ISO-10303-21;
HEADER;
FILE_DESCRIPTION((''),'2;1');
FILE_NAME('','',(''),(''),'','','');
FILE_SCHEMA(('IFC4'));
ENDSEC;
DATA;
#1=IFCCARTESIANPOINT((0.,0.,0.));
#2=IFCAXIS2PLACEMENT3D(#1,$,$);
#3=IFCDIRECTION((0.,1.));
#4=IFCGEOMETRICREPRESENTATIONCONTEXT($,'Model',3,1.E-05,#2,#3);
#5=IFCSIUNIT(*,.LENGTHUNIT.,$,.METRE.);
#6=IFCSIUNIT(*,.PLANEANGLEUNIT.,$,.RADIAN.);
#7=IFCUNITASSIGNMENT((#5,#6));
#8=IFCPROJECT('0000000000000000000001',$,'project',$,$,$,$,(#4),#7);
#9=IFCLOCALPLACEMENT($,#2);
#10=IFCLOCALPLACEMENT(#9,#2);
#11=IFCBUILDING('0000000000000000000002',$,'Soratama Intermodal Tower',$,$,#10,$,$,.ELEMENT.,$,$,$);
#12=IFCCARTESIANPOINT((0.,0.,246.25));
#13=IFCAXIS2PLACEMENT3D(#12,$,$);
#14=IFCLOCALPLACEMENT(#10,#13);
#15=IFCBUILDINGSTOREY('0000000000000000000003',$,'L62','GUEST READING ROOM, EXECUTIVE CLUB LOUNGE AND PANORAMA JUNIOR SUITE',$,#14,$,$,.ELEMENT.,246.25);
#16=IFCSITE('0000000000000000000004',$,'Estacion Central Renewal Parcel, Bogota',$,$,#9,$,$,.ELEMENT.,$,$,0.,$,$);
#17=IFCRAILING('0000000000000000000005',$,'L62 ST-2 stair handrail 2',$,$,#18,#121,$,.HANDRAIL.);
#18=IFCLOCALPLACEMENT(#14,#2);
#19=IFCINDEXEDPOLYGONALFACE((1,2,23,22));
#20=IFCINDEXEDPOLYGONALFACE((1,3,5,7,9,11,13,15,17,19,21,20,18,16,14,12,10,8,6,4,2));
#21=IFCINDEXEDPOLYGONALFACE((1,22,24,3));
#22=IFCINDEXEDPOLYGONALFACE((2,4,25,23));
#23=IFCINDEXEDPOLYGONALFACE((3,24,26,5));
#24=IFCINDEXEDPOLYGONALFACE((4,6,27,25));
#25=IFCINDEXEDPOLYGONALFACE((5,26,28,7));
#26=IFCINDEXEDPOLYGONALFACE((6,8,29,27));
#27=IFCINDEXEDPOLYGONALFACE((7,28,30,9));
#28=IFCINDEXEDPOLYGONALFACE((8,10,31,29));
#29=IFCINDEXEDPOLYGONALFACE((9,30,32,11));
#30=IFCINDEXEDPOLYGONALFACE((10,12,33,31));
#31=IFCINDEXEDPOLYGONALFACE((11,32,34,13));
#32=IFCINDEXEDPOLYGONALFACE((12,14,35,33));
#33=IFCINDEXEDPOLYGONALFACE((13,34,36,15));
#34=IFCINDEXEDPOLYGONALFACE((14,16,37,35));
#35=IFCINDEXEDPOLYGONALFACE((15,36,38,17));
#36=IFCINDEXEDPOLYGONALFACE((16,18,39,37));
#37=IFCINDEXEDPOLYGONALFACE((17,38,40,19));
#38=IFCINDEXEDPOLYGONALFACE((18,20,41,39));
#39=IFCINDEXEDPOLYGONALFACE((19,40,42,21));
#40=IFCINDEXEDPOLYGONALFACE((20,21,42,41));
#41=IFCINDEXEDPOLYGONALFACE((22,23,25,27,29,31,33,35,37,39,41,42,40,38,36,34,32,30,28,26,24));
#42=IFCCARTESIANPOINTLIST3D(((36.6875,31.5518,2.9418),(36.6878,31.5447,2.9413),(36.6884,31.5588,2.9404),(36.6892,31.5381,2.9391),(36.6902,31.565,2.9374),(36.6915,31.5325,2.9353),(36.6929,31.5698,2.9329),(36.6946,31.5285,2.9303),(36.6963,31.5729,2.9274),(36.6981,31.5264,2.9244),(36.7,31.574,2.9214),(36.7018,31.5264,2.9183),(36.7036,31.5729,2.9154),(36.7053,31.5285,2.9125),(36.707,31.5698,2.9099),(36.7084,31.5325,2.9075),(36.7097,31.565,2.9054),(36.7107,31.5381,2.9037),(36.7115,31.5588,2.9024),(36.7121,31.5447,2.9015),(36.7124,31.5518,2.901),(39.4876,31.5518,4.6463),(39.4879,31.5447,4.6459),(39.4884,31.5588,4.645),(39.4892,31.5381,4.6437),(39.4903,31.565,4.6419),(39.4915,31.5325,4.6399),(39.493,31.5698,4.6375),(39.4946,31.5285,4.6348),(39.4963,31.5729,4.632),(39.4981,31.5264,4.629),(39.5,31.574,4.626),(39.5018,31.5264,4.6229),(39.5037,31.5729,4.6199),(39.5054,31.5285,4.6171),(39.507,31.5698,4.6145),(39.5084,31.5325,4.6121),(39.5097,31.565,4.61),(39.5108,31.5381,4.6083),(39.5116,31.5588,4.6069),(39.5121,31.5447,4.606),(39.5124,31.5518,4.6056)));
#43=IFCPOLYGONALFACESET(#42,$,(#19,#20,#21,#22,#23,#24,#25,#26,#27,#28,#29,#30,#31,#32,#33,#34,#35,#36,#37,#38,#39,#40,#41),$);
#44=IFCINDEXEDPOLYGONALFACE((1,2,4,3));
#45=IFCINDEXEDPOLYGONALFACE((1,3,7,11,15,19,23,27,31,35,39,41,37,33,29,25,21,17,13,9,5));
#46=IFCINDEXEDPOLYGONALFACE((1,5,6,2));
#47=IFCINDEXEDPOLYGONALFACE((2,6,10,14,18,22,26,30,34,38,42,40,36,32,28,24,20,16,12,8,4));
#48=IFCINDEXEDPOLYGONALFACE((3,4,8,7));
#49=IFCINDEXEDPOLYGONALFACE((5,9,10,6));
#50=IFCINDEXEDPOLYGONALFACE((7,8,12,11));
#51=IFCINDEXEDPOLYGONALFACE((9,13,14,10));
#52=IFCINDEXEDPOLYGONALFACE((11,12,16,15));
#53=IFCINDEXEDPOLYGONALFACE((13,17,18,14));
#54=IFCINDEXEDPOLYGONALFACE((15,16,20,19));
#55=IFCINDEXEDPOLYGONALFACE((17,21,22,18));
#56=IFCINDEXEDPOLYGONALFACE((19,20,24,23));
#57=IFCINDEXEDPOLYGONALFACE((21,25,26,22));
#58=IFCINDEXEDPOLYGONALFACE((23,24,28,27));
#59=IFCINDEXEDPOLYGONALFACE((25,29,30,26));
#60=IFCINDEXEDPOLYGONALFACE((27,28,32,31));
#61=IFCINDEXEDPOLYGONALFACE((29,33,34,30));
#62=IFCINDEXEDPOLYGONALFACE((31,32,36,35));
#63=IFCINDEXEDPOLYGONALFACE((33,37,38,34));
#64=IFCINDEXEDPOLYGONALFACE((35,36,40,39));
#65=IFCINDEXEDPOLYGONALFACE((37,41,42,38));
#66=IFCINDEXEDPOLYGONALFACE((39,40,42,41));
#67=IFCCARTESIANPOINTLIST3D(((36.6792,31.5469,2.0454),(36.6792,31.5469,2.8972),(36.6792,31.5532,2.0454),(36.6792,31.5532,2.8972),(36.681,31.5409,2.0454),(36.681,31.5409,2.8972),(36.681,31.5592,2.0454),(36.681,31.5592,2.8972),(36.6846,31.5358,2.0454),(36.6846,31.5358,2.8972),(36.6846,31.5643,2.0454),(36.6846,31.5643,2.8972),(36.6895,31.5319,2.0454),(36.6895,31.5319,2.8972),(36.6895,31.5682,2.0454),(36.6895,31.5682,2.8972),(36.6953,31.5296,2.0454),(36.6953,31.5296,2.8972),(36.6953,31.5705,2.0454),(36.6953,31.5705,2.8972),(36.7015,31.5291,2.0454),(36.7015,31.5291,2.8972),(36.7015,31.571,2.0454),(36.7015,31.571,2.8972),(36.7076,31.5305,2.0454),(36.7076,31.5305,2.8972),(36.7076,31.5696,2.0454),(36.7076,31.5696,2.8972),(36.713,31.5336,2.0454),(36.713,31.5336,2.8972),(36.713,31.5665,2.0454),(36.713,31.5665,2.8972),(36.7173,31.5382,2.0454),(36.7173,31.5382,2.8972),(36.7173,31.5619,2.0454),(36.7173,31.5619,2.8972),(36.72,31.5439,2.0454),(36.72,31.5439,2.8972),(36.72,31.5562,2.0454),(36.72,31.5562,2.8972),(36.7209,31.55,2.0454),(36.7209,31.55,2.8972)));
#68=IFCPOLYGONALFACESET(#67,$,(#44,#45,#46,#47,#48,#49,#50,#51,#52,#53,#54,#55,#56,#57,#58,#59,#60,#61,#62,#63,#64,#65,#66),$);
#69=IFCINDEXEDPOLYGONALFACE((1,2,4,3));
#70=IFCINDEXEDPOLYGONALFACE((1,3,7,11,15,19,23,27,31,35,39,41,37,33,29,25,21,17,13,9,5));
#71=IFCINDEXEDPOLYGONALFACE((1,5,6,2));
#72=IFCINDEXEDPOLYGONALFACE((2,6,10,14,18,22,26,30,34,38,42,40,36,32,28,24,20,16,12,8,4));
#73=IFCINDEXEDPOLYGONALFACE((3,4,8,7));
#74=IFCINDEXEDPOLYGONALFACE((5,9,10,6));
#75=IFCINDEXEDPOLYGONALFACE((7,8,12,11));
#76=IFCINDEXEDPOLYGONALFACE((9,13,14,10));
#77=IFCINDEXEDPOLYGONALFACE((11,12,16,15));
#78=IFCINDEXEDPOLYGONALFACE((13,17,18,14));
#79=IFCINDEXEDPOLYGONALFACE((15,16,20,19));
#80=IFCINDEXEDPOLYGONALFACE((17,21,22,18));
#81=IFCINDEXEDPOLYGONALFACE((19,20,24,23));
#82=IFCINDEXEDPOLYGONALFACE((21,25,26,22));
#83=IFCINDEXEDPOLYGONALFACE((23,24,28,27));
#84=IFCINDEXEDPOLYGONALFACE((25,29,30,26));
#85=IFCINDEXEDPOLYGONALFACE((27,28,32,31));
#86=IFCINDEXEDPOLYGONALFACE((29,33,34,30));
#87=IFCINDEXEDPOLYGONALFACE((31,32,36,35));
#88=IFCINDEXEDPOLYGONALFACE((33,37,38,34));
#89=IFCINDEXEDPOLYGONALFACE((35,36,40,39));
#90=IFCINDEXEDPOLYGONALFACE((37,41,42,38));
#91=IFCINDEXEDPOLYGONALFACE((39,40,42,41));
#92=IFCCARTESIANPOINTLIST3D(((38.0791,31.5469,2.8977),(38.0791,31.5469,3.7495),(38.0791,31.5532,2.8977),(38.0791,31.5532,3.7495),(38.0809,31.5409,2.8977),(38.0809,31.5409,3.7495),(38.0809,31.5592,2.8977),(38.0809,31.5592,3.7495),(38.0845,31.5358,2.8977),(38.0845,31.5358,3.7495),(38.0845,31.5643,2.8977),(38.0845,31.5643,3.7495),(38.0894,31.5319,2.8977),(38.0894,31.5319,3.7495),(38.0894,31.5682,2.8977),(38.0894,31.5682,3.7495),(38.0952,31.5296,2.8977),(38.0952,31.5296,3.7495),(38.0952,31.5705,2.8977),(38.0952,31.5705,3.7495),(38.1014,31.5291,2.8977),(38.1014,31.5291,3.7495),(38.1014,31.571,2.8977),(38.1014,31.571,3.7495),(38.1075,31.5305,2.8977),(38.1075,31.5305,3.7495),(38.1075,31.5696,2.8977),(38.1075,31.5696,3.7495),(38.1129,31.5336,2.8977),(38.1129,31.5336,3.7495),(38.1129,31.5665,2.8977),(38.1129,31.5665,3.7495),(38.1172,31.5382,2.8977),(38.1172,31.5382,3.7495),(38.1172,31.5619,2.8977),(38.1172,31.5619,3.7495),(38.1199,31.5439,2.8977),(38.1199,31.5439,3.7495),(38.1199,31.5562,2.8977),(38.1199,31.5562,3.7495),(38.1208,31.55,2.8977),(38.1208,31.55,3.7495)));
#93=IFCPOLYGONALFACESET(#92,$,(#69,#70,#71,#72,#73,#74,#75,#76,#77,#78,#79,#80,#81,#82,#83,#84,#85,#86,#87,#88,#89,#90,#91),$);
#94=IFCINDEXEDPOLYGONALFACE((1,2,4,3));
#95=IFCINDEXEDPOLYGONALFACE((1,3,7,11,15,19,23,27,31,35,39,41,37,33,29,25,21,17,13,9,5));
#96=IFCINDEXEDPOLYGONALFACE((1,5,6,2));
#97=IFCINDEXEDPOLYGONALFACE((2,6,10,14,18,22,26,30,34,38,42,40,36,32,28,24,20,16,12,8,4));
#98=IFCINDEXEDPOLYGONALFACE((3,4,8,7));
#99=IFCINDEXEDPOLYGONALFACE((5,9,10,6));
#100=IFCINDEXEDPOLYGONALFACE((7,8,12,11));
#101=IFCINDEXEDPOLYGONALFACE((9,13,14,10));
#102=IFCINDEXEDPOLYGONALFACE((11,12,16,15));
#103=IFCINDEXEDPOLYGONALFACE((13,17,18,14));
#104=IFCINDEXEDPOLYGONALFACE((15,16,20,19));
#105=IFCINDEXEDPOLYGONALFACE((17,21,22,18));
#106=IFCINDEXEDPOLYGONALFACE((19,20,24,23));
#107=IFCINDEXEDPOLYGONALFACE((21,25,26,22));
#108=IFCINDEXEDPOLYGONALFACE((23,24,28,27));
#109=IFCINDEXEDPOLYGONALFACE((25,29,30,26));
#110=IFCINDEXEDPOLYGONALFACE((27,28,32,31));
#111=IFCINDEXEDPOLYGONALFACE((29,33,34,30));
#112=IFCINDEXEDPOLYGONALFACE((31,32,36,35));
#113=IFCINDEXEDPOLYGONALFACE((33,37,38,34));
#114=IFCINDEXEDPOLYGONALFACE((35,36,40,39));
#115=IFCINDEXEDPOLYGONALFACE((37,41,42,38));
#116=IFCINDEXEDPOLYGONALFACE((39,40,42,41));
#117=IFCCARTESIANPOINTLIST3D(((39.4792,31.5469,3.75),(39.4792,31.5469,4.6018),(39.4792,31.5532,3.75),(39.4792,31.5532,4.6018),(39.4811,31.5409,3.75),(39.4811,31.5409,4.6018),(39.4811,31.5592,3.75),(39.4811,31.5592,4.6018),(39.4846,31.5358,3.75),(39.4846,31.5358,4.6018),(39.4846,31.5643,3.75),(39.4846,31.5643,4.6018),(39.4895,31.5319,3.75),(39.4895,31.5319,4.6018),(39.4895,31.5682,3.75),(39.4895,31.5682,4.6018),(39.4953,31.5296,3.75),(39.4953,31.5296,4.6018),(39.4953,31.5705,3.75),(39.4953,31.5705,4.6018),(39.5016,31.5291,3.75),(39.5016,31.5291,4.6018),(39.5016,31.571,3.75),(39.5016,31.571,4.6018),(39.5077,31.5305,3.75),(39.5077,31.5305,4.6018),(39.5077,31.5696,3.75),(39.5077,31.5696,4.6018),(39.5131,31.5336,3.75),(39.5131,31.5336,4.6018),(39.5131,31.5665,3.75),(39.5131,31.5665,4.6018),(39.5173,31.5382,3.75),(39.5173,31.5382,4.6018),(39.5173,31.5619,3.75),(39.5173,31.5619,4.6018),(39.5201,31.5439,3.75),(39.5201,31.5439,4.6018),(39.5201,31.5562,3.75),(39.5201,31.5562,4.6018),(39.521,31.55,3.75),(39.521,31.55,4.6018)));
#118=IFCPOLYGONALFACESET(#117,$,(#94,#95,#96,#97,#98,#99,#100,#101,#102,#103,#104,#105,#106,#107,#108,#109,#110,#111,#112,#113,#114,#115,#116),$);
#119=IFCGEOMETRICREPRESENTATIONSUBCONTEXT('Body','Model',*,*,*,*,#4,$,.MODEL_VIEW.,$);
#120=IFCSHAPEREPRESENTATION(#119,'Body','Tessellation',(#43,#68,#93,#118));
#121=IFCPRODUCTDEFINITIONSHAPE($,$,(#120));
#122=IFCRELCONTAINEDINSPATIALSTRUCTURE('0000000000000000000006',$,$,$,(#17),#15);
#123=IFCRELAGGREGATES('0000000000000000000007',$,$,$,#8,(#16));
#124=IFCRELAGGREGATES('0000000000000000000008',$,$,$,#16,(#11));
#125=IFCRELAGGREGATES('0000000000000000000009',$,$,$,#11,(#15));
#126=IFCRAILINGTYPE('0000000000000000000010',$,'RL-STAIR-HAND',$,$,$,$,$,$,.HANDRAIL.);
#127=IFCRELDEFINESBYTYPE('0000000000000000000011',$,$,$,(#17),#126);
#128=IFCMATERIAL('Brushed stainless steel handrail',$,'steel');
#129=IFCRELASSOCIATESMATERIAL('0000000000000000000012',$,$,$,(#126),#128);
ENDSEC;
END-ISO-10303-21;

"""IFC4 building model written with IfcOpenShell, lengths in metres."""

from ifc_helpers import new_model, si_unit, direction, frame, origin, origin_2d, place, context, subcontext, project, spatial, circle, extrude, material, type_object, element, save


model = new_model("IFC4")

# Units and contexts
model_context = context("Model", 3, precision=1e-05, world=origin(), true_north=direction((0.0, 1.0)))
body_context = subcontext(model_context, "Body", "Model", "MODEL_VIEW")
ifc_project = project(units=[si_unit("LENGTHUNIT", "METRE"), si_unit("PLANEANGLEUNIT", "RADIAN")], contexts=[model_context])

# Site, building, storey
site_placement = place(None, origin())
site = spatial("IfcSite", under=ifc_project, at=site_placement, Name="Estacion Central Renewal Parcel, Bogota", CompositionType="ELEMENT", RefElevation=0.0)
building_placement = place(site_placement, origin())
building = spatial("IfcBuilding", under=site, at=building_placement, Name="Soratama Intermodal Tower", CompositionType="ELEMENT")
storey_placement = place(building_placement, frame((0.0, 0.0, 246.25)))
storey = spatial("IfcBuildingStorey", under=building, at=storey_placement, Name="L62", Description="GUEST READING ROOM, EXECUTIVE CLUB LOUNGE AND PANORAMA JUNIOR SUITE", CompositionType="ELEMENT", Elevation=246.25)

# Railing
ifc_material_1 = material(Name="Brushed stainless steel handrail", Category="steel")
railing_type_1 = type_object("IfcRailingType", Name="RL-STAIR-HAND", PredefinedType="HANDRAIL", material=ifc_material_1)
railing_1_placement = place(storey_placement, frame((36.7, 31.55, 2.0454)))
element("IfcRailing", 1, at=railing_1_placement, inside=storey, type_object=railing_type_1, Name="L62 ST-2 stair handrail 2", PredefinedType="HANDRAIL", context=body_context, shape_type="SweptSolid", body=[
    extrude(circle(Radius=0.0239, at=origin_2d()), frame((0.0, 0.0, 0.876), z_axis=(0.85417, 0.0, 0.519994), x_axis=(0.0, 1.0, 0.0)), (0.0, 0.0, 1.0), 3.2781),
    extrude(circle(Radius=0.021, at=origin_2d()), origin(), (0.0, 0.0, 1.0), 0.8518),
    extrude(circle(Radius=0.021, at=origin_2d()), frame((1.3999, 0.0, 0.8523)), (0.0, 0.0, 1.0), 0.8518),
    extrude(circle(Radius=0.021, at=origin_2d()), frame((2.8, 0.0, 1.7046)), (0.0, 0.0, 1.0), 0.8518),
])

save(model, "model.ifc")
